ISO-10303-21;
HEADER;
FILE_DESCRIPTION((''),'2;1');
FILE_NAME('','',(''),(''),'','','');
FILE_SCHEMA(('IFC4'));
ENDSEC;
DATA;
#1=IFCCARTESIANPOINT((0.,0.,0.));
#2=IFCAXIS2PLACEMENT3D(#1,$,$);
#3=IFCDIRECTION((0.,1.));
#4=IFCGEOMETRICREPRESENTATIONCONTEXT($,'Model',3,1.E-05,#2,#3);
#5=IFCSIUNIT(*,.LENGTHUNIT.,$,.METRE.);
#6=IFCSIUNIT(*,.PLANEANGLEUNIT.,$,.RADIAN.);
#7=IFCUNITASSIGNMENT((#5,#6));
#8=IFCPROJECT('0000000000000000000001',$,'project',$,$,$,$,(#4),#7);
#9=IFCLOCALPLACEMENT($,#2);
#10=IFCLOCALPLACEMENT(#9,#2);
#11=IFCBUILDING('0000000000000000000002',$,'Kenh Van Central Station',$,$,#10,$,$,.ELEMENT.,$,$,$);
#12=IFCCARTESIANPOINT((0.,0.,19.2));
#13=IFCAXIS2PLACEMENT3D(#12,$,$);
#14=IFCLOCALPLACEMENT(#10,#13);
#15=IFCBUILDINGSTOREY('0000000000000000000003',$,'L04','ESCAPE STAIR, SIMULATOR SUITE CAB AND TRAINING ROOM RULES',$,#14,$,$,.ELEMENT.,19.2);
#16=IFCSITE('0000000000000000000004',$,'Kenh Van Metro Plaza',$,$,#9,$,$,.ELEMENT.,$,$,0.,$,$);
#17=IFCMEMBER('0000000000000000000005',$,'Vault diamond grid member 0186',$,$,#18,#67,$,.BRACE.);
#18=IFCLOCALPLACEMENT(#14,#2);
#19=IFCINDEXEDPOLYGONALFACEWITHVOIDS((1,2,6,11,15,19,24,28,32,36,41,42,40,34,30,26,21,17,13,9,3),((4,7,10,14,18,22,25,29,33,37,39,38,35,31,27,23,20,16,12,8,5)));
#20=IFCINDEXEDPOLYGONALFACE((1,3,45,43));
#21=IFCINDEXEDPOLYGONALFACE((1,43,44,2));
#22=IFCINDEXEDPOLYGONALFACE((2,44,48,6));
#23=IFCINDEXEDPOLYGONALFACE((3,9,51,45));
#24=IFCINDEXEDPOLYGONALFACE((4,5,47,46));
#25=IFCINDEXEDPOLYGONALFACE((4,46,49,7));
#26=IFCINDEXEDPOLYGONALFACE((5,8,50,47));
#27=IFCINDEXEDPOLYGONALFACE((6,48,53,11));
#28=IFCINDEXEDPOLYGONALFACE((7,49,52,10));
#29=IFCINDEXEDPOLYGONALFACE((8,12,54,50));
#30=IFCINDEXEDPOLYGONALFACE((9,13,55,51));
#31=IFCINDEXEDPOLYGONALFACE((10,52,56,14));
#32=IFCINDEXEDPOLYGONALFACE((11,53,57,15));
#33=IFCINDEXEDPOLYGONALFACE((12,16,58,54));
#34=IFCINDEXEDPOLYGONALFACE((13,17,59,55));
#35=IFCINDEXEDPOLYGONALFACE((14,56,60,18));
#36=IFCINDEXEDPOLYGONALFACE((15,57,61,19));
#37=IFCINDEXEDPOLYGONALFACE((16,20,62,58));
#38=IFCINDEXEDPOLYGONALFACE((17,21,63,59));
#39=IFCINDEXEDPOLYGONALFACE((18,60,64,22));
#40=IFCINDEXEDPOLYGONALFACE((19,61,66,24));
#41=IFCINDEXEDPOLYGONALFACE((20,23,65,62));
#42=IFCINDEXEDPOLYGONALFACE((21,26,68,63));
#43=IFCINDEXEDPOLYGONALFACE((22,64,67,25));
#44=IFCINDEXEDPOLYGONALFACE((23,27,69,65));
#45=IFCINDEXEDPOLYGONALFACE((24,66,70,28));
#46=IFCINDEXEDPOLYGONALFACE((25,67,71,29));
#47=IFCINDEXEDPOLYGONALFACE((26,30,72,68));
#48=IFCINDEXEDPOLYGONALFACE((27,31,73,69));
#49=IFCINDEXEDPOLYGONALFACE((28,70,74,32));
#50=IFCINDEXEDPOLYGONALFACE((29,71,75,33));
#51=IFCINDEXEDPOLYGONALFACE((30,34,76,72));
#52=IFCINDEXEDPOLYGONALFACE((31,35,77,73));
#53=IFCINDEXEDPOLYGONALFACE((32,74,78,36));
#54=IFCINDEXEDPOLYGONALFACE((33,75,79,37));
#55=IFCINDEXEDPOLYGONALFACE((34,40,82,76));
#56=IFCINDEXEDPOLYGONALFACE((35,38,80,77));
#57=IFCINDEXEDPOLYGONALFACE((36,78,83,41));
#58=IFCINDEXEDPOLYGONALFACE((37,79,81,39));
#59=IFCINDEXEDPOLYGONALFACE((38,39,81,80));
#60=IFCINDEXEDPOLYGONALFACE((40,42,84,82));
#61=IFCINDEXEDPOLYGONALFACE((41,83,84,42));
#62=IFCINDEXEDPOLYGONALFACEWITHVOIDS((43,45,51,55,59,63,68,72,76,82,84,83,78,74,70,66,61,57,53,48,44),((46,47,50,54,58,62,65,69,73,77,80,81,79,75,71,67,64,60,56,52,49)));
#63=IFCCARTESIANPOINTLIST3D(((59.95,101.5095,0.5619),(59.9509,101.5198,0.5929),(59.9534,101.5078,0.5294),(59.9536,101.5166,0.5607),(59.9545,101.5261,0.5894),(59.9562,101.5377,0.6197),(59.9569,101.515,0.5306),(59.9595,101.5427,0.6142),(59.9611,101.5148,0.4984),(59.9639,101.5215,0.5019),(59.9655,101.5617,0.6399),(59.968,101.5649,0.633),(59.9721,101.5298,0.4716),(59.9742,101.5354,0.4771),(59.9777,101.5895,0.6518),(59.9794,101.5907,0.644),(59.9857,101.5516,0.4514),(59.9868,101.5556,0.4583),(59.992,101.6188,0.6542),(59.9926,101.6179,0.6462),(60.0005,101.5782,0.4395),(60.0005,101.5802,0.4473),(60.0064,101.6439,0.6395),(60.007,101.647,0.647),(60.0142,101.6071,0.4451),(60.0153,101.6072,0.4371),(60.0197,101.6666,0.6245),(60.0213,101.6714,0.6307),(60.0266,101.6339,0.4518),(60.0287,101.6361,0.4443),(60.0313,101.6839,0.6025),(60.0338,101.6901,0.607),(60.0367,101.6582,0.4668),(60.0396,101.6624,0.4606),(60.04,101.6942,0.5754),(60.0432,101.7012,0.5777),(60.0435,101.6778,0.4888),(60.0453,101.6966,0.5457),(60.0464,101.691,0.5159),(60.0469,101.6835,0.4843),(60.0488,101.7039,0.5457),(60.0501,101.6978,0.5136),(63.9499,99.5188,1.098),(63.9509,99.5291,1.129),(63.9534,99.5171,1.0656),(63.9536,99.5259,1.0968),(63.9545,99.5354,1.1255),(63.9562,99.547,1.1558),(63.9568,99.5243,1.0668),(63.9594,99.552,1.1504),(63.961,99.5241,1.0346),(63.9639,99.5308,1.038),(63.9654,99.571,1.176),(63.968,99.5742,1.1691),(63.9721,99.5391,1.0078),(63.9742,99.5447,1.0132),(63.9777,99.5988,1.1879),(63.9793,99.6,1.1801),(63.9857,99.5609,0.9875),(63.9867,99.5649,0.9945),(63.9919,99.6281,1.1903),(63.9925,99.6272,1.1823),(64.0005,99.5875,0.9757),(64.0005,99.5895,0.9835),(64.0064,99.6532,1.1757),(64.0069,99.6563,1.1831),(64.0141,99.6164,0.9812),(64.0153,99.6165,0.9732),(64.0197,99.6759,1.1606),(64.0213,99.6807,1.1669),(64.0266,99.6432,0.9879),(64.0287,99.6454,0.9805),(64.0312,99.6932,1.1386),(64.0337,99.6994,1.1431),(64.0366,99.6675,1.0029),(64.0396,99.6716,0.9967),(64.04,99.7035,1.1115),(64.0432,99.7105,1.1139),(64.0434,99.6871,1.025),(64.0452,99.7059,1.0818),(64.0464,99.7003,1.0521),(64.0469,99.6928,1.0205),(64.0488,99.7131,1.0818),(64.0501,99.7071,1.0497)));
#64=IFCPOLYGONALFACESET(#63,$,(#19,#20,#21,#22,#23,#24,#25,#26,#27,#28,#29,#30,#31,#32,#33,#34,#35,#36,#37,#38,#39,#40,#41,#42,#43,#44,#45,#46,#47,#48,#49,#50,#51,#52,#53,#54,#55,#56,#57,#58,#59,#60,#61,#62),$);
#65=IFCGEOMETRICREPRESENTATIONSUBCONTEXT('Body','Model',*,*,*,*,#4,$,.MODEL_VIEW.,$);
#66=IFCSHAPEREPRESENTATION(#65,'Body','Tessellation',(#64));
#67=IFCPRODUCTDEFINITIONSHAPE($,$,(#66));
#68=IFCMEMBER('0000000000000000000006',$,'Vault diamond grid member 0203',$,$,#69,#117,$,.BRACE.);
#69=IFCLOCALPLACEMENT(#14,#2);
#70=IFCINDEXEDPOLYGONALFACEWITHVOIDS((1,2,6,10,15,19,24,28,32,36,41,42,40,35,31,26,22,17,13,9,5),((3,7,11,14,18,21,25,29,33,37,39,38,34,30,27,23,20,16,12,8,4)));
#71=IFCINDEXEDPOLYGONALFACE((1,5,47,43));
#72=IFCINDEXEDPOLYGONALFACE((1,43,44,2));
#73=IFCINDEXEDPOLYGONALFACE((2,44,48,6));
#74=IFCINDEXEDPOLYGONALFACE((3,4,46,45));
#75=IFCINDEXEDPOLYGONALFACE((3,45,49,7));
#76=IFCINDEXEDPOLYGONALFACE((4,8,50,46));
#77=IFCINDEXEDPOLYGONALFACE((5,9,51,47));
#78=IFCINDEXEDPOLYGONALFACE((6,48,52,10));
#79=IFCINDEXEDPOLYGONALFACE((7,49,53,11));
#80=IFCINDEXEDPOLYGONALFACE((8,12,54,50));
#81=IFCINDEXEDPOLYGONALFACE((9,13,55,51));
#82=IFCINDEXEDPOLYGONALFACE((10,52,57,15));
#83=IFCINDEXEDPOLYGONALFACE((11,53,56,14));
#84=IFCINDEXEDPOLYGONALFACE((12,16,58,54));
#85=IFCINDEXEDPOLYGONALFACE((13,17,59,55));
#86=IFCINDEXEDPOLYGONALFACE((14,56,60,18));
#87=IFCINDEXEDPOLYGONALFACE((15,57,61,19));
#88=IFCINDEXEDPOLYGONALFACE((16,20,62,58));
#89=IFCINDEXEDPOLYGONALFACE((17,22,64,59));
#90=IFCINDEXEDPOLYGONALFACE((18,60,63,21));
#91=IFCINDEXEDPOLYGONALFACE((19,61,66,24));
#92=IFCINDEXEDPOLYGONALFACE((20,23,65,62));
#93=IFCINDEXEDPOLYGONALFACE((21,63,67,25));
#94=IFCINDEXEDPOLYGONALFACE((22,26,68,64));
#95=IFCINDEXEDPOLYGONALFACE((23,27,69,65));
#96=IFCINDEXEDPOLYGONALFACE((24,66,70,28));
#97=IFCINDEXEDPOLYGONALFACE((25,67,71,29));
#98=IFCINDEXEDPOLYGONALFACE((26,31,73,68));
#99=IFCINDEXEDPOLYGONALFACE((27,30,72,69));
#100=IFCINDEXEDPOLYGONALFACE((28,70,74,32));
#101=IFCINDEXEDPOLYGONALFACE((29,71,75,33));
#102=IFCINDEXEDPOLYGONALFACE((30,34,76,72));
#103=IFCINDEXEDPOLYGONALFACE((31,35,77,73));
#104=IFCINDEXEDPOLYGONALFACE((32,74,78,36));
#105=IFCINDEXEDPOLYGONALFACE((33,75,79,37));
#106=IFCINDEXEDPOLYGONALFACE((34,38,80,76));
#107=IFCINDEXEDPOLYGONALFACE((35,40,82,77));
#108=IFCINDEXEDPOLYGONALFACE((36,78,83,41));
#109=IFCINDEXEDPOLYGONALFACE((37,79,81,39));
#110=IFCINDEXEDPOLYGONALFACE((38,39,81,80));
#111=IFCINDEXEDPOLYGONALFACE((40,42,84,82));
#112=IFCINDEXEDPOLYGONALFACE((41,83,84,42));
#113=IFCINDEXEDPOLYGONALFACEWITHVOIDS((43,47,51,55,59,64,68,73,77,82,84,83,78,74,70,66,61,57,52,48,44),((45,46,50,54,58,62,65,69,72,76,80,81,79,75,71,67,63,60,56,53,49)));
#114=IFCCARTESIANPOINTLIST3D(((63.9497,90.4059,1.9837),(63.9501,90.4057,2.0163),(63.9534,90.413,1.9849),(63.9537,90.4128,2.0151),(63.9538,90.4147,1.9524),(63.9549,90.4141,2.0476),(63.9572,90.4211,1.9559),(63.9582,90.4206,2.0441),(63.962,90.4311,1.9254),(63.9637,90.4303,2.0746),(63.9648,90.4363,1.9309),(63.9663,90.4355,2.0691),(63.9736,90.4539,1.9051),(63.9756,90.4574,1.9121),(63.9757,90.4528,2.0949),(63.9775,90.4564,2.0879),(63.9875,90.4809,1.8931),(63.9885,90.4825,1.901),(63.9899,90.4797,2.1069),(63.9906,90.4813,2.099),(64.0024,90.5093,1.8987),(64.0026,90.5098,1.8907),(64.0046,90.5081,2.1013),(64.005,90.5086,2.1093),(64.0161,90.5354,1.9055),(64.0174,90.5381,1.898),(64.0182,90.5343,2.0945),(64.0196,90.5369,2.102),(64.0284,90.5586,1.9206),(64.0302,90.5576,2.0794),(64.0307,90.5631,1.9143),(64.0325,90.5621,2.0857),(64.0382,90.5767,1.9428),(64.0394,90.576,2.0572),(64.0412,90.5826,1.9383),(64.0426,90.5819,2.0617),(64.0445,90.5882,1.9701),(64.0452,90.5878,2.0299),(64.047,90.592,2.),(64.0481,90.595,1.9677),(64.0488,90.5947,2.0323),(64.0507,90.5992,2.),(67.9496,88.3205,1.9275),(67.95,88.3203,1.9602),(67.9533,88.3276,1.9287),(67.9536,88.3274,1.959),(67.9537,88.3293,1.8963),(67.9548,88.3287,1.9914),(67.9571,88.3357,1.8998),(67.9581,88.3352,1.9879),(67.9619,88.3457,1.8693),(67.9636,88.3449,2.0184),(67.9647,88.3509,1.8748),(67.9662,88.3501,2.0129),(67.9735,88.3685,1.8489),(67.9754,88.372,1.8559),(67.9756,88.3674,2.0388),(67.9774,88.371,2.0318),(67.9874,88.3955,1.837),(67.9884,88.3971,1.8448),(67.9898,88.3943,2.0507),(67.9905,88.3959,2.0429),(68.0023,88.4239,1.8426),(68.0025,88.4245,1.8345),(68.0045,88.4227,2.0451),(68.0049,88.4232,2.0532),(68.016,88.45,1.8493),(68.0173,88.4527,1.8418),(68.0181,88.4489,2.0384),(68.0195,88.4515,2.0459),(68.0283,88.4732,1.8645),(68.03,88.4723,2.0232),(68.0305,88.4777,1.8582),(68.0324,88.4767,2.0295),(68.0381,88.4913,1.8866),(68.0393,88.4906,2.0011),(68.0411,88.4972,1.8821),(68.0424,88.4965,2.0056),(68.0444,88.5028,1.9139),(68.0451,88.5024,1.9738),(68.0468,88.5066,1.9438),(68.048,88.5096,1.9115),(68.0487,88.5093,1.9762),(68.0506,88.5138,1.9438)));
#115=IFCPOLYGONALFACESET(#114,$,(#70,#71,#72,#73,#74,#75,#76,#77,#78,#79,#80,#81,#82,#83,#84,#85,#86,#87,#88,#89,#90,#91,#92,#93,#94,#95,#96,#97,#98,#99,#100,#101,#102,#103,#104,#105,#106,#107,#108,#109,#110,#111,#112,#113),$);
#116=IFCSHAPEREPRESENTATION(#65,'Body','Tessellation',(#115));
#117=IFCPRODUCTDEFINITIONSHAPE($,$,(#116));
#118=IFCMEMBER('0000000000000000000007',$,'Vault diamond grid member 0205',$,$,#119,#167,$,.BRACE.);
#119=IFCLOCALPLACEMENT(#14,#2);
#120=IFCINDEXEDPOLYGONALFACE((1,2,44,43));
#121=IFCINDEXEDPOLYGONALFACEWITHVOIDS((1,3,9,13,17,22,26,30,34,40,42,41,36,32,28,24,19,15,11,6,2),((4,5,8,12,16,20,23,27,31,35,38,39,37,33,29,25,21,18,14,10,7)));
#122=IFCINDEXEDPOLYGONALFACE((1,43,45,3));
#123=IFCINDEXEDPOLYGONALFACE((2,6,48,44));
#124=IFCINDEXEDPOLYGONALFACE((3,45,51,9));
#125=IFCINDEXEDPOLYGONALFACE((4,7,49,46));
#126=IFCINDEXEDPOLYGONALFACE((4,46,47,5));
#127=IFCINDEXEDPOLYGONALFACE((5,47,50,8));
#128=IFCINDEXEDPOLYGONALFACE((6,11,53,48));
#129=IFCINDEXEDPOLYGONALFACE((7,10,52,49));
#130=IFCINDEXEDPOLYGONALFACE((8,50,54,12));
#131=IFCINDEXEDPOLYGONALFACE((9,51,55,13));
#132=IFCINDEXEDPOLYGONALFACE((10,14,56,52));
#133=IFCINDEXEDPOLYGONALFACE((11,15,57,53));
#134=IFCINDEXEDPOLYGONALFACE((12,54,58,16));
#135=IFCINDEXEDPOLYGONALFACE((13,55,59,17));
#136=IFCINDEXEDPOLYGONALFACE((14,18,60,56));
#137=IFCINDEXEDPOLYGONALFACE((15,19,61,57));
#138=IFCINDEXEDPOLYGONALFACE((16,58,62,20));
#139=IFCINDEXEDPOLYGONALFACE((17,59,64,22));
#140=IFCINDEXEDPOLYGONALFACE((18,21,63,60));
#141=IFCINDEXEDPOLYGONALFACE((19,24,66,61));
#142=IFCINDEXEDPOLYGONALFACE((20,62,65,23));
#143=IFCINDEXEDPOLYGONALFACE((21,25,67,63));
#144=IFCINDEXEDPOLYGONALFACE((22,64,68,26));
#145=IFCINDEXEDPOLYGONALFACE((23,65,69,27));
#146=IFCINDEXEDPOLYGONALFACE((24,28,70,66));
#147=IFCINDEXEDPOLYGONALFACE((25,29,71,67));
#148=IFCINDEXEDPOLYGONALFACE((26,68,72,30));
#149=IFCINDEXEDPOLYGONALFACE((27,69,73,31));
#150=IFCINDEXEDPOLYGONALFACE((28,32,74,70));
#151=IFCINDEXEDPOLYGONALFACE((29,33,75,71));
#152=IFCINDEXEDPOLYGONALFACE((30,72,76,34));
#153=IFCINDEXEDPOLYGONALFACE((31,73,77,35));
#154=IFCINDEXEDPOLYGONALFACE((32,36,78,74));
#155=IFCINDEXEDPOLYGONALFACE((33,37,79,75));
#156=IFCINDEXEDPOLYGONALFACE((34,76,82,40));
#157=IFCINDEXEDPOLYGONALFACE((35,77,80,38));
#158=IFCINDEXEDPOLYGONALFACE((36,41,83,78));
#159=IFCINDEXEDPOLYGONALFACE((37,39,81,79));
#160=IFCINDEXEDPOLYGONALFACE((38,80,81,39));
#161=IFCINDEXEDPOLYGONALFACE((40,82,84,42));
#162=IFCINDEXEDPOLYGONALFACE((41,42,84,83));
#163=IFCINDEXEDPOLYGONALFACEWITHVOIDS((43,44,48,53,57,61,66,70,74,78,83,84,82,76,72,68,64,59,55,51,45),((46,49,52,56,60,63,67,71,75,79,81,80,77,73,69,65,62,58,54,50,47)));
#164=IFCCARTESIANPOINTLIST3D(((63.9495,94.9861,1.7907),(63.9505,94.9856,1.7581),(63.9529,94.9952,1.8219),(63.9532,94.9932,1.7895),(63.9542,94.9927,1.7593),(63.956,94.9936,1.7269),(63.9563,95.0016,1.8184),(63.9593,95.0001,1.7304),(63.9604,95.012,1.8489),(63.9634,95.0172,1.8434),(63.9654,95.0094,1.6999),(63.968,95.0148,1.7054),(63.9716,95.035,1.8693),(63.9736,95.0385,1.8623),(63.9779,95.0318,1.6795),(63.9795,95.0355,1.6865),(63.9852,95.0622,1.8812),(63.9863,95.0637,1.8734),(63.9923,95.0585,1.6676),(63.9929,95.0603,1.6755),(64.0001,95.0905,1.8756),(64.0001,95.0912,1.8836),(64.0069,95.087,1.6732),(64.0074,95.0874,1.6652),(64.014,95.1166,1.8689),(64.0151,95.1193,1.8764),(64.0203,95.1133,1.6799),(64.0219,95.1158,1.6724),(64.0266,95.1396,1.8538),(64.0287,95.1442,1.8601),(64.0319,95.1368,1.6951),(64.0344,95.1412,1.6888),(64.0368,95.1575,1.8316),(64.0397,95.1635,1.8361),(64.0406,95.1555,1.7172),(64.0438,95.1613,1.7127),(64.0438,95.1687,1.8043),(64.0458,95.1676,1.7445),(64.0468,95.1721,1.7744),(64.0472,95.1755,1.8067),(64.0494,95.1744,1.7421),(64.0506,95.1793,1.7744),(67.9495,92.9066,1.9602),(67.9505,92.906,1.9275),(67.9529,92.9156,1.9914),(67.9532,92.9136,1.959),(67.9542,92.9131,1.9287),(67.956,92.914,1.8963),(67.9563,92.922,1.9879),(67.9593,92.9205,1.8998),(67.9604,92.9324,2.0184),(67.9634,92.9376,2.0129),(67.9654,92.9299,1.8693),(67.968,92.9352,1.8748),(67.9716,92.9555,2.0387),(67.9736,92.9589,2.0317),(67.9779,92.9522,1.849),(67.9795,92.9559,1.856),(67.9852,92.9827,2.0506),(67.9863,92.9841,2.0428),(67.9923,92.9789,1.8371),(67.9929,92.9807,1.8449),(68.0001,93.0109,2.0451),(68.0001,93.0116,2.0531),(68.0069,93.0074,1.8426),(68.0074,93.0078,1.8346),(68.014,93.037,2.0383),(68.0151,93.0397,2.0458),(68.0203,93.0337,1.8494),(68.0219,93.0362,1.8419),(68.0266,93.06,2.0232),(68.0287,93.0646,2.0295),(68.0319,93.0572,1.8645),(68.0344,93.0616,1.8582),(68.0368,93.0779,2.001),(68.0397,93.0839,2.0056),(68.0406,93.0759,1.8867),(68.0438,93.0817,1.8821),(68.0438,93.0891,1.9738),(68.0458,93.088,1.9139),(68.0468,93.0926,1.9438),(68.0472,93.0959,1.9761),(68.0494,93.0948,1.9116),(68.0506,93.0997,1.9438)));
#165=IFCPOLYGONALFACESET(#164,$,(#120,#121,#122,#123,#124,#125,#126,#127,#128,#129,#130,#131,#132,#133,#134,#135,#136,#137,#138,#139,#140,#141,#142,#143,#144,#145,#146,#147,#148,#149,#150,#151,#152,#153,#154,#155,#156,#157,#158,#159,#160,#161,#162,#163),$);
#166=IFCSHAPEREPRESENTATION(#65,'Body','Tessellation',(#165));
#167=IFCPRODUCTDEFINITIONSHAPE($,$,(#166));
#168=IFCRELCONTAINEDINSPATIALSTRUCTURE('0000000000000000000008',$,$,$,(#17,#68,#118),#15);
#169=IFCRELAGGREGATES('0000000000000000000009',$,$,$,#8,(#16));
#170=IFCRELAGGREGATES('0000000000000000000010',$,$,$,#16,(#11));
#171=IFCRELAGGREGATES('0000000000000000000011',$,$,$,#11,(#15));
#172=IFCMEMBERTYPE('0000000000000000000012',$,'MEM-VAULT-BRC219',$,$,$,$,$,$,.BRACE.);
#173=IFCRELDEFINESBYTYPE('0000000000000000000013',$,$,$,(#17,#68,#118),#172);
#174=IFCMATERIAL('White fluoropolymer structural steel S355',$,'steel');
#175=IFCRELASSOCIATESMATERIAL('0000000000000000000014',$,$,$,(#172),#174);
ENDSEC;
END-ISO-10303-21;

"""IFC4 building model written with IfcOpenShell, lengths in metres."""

from ifc_helpers import new_model, si_unit, direction, frame, origin, origin_2d, place, context, subcontext, project, spatial, hollow_circle, extrude, material, material_profile, profile_set, type_object, element, save


model = new_model("IFC4")

# Units and contexts
model_context = context("Model", 3, precision=1e-05, world=origin(), true_north=direction((0.0, 1.0)))
body_context = subcontext(model_context, "Body", "Model", "MODEL_VIEW")
ifc_project = project(units=[si_unit("LENGTHUNIT", "METRE"), si_unit("PLANEANGLEUNIT", "RADIAN")], contexts=[model_context])

# Site, building, storey
site_placement = place(None, origin())
site = spatial("IfcSite", under=ifc_project, at=site_placement, Name="Kenh Van Metro Plaza", CompositionType="ELEMENT", RefElevation=0.0)
building_placement = place(site_placement, origin())
building = spatial("IfcBuilding", under=site, at=building_placement, Name="Kenh Van Central Station", CompositionType="ELEMENT")
storey_placement = place(building_placement, frame((0.0, 0.0, 19.2)))
storey = spatial("IfcBuildingStorey", under=building, at=storey_placement, Name="L04", Description="ESCAPE STAIR, SIMULATOR SUITE CAB AND TRAINING ROOM RULES", CompositionType="ELEMENT", Elevation=19.2)

# Shared definitions
ifc_material_1 = material(Name="White fluoropolymer structural steel S355", Category="steel")

# Members
ifc_material_profile_1 = material_profile(ifc_material_1, hollow_circle(Radius=0.1096, WallThickness=0.0081, at=origin_2d()), Name="CHS 219.1x8")
ifc_profile_set_1 = profile_set([ifc_material_profile_1], Name="White fluoropolymer structural steel S355")
member_type_1 = type_object("IfcMemberType", Name="MEM-VAULT-BRC219", PredefinedType="BRACE", material=ifc_profile_set_1)
member_1_placement = place(storey_placement, frame((60.0, 101.6057, 0.5457), z_axis=(0.88888, -0.442378, 0.119139), x_axis=(0.445552, 0.895256, 0.0)))
element("IfcMember", 1, at=member_1_placement, inside=storey, type_object=member_type_1, Name="Vault diamond grid member 0186", PredefinedType="BRACE", context=body_context, shape_type="SweptSolid", body=[
    extrude(hollow_circle(Radius=0.1096, WallThickness=0.0081, at=origin_2d()), origin(), (0.0, 0.0, 1.0), 4.5),
])
member_2_placement = place(storey_placement, frame((64.0, 90.502, 2.0), z_axis=(0.886653, -0.462268, -0.012447), x_axis=(0.462303, 0.886722, 0.0)))
element("IfcMember", 2, at=member_2_placement, inside=storey, type_object=member_type_1, Name="Vault diamond grid member 0203", PredefinedType="BRACE", context=body_context, shape_type="SweptSolid", body=[
    extrude(hollow_circle(Radius=0.1096, WallThickness=0.0081, at=origin_2d()), origin(), (0.0, 0.0, 1.0), 4.5112),
])
member_3_placement = place(storey_placement, frame((64.0, 95.082, 1.7744), z_axis=(0.886628, -0.460956, 0.037556), x_axis=(0.461281, 0.887254, 0.0)))
element("IfcMember", 3, at=member_3_placement, inside=storey, type_object=member_type_1, Name="Vault diamond grid member 0205", PredefinedType="BRACE", context=body_context, shape_type="SweptSolid", body=[
    extrude(hollow_circle(Radius=0.1096, WallThickness=0.0081, at=origin_2d()), origin(), (0.0, 0.0, 1.0), 4.5115),
])

save(model, "model.ifc")
